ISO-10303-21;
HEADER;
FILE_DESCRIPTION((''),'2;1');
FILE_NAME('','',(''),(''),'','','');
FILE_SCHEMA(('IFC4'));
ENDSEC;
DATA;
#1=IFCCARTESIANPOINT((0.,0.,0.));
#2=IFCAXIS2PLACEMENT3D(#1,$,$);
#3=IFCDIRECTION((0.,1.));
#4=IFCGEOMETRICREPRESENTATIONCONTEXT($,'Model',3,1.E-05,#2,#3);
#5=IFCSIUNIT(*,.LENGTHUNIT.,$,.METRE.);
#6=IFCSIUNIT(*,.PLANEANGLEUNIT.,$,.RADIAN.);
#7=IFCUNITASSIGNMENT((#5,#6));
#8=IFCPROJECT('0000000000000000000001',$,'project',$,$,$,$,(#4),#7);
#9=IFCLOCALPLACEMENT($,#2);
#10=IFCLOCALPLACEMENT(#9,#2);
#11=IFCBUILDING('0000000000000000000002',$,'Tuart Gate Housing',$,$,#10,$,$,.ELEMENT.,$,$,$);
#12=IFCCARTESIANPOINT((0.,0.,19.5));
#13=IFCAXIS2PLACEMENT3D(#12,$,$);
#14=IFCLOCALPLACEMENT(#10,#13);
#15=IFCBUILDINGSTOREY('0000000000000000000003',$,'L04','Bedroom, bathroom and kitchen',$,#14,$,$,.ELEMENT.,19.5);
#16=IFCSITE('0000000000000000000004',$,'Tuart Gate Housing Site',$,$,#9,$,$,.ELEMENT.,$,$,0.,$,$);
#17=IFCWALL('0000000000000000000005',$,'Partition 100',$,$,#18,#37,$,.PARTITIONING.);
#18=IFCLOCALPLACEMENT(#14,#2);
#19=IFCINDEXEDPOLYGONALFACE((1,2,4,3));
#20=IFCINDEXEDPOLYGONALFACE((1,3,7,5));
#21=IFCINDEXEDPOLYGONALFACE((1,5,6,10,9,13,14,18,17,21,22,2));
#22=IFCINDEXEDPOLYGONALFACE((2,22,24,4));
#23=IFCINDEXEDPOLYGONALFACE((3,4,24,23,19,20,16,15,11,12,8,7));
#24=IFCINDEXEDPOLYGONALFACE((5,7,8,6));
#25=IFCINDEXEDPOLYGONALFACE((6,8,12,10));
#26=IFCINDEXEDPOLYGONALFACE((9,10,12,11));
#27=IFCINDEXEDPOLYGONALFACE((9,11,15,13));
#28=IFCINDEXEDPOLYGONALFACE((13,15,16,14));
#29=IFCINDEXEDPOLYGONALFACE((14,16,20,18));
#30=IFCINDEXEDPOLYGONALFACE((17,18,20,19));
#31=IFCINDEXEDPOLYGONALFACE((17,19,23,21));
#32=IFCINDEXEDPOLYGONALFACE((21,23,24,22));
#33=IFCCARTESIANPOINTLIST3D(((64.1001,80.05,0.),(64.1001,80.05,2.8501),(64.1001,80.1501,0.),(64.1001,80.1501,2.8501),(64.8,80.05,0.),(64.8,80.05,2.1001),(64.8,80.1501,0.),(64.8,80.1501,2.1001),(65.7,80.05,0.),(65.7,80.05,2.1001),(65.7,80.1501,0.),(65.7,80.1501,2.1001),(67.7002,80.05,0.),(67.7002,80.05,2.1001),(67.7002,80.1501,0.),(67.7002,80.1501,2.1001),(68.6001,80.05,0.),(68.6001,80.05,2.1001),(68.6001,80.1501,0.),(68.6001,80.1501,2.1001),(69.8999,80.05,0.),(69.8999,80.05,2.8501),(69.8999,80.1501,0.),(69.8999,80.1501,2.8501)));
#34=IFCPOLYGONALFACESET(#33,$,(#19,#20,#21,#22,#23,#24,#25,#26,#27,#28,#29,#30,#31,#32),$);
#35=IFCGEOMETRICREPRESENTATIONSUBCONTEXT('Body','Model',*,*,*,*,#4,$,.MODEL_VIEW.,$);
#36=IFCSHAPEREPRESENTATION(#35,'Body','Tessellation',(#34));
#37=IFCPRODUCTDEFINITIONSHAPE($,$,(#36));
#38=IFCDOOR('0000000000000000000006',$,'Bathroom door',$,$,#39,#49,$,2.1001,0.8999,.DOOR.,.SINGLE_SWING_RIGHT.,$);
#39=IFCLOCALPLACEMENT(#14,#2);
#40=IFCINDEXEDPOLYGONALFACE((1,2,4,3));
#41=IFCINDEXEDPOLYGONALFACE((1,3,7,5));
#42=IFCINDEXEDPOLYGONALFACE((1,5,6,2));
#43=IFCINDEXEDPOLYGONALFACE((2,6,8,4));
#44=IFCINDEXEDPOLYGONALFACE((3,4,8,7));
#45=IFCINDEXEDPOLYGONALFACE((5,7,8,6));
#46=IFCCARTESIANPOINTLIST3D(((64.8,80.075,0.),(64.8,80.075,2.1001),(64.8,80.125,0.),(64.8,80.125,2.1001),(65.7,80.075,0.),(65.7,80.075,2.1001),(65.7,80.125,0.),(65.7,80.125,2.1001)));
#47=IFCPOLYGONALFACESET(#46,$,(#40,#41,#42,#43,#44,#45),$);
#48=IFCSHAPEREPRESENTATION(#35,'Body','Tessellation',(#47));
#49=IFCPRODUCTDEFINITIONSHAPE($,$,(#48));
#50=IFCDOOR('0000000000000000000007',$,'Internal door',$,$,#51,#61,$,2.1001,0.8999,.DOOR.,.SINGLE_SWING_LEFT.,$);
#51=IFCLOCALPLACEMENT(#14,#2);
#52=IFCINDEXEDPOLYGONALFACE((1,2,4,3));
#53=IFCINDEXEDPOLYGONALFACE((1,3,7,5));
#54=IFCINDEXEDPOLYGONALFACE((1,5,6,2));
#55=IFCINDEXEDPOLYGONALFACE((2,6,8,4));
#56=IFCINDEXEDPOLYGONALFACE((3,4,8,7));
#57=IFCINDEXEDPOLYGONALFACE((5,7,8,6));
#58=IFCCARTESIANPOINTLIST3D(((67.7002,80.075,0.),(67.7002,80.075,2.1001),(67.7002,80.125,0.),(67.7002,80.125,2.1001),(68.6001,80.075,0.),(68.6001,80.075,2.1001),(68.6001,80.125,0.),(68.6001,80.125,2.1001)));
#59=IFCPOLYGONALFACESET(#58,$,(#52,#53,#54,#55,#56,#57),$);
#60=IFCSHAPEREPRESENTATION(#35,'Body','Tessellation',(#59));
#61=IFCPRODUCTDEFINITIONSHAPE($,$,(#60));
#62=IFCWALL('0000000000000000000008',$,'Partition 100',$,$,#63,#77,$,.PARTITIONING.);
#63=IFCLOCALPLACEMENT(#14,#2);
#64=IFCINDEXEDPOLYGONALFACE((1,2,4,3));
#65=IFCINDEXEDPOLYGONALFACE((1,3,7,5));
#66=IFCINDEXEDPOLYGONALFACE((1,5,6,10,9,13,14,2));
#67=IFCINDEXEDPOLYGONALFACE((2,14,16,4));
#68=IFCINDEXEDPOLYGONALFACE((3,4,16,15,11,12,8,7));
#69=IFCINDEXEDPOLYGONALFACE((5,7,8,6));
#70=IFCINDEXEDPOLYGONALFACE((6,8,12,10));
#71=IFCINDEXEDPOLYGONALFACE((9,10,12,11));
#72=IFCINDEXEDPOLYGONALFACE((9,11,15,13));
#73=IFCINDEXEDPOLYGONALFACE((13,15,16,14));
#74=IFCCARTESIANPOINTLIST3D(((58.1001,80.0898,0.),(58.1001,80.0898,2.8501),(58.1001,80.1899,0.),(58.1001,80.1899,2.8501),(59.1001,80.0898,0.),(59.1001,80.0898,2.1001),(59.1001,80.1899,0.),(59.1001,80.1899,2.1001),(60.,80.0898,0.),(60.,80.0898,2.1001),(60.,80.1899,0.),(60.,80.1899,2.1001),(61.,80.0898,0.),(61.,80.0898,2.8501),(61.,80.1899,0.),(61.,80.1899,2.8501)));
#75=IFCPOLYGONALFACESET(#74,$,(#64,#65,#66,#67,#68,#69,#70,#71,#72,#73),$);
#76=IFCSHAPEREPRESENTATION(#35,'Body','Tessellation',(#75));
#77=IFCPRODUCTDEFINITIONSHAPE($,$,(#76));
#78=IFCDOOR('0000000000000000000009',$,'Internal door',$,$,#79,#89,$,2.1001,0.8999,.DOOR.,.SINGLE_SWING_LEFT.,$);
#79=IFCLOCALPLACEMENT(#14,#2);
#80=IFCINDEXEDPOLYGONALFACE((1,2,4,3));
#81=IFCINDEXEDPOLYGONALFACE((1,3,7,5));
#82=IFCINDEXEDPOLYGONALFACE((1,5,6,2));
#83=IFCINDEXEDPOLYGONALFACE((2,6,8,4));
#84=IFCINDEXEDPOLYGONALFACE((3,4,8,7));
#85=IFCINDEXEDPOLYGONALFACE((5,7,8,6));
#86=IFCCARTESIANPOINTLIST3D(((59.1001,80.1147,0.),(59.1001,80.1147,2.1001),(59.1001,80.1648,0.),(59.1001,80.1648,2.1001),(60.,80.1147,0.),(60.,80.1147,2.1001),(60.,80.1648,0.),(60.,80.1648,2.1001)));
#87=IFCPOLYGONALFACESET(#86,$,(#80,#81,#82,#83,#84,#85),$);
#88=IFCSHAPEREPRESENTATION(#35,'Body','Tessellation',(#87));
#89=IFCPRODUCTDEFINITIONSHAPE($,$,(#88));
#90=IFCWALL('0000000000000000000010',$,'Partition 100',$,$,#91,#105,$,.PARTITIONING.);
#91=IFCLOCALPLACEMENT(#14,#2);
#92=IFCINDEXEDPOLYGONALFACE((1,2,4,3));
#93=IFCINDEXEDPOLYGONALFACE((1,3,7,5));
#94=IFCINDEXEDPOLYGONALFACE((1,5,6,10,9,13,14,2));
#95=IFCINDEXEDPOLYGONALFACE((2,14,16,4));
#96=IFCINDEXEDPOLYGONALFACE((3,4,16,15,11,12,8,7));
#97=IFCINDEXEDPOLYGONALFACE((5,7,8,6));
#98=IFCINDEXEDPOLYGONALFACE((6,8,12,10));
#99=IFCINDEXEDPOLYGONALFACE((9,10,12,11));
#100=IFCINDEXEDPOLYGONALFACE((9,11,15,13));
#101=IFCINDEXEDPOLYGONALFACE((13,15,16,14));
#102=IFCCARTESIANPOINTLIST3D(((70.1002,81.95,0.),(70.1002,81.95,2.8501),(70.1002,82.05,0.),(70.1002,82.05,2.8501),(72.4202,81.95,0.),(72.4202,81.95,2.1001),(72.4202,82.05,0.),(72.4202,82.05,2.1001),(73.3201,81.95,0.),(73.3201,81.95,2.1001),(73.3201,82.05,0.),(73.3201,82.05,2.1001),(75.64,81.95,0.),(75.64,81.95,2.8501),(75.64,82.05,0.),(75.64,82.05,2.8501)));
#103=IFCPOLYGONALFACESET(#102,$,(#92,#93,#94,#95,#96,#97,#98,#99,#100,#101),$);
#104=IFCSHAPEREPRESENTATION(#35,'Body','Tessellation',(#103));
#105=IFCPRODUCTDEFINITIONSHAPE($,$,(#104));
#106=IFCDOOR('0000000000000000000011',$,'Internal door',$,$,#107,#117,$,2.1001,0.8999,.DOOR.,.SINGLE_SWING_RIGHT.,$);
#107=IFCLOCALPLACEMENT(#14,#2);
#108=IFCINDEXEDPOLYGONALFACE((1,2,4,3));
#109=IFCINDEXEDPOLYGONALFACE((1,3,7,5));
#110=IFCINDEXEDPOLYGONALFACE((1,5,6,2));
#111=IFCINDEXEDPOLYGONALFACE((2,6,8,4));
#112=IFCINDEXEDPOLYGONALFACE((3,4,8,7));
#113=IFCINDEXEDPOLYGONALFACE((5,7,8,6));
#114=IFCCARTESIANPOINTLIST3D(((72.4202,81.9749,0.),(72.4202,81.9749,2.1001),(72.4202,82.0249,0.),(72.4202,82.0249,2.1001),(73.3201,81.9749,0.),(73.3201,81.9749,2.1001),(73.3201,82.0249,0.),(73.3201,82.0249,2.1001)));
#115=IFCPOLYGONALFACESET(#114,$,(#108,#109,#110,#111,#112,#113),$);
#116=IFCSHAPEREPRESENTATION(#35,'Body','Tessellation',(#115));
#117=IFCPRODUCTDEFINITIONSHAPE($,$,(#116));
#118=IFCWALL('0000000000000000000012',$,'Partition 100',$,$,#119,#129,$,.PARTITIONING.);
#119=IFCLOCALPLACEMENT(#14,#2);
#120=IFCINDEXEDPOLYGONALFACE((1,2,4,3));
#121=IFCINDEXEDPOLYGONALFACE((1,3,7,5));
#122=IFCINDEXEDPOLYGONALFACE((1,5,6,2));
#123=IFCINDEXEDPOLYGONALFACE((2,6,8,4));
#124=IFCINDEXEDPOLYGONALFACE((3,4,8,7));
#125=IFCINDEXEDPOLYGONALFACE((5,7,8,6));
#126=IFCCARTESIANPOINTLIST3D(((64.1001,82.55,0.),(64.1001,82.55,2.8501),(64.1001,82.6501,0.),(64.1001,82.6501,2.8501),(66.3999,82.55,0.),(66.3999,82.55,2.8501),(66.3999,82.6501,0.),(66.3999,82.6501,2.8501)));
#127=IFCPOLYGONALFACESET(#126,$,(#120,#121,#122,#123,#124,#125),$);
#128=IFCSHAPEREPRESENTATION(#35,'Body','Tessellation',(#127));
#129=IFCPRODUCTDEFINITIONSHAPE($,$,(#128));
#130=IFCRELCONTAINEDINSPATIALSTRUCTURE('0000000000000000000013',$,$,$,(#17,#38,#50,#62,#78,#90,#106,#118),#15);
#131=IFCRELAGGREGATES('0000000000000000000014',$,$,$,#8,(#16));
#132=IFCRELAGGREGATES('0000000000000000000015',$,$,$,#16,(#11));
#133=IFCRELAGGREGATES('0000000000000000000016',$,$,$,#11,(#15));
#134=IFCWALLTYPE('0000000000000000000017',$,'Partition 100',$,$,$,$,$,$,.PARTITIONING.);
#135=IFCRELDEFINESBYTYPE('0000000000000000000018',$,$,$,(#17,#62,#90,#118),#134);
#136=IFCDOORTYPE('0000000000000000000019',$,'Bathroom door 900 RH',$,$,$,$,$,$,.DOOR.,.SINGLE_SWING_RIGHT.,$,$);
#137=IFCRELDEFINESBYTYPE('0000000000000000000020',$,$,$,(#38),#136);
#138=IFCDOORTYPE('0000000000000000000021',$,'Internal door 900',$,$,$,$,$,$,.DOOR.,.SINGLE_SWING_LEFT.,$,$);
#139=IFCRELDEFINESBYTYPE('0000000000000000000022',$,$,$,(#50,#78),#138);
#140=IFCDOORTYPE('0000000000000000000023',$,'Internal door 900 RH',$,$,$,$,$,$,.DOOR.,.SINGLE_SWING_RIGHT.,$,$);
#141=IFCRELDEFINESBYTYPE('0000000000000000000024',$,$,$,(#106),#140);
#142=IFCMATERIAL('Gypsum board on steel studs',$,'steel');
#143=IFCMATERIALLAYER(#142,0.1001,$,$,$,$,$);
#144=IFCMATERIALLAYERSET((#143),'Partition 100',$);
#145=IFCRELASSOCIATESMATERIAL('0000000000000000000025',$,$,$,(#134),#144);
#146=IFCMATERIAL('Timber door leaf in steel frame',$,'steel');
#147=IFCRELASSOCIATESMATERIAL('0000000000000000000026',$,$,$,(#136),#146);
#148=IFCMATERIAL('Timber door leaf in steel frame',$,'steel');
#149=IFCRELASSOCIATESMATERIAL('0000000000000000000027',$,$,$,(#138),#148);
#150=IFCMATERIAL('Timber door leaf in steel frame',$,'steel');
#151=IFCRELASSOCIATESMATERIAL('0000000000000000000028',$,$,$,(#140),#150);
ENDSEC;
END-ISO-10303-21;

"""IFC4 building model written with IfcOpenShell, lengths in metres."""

from ifc_helpers import new_model, si_unit, direction, frame, frame_2d, origin, place, context, subcontext, project, spatial, rectangle, extrude, material, layer, layer_set, type_object, element, fill, save


model = new_model("IFC4")

# Units and contexts
model_context = context("Model", 3, precision=1e-05, world=origin(), true_north=direction((0.0, 1.0)))
body_context = subcontext(model_context, "Body", "Model", "MODEL_VIEW")
ifc_project = project(units=[si_unit("LENGTHUNIT", "METRE"), si_unit("PLANEANGLEUNIT", "RADIAN")], contexts=[model_context])

# Site, building, storey
site_placement = place(None, origin())
site = spatial("IfcSite", under=ifc_project, at=site_placement, Name="Tuart Gate Housing Site", CompositionType="ELEMENT", RefElevation=0.0)
building_placement = place(site_placement, origin())
building = spatial("IfcBuilding", under=site, at=building_placement, Name="Tuart Gate Housing", CompositionType="ELEMENT")
storey_placement = place(building_placement, frame((0.0, 0.0, 19.5)))
storey = spatial("IfcBuildingStorey", under=building, at=storey_placement, Name="L04", Description="Bedroom, bathroom and kitchen", CompositionType="ELEMENT", Elevation=19.5)

# Shared definitions
ifc_material_1 = material(Name="Gypsum board on steel studs", Category="steel")
ifc_layer_1 = layer(ifc_material_1, 0.1001)
ifc_layer_set_1 = layer_set([ifc_layer_1], Name="Partition 100")
wall_type_1 = type_object("IfcWallType", Name="Partition 100", PredefinedType="PARTITIONING", material=ifc_layer_set_1)

# Wall, openings, doors
wall_1_placement = place(storey_placement, frame((64.1001, 80.1001, 0.0), z_axis=(0.0, 0.0, 1.0), x_axis=(1.0, 0.0, 0.0)))
wall_1 = element("IfcWall", 1, at=wall_1_placement, inside=storey, type_object=wall_type_1, Name="Partition 100", PredefinedType="PARTITIONING", context=body_context, shape_type="SweptSolid", body=[
    extrude(rectangle(XDim=5.7998, YDim=0.1001, at=frame_2d((2.8999, 0.0))), origin(), (0.0, 0.0, 1.0), 2.8501),
])
opening_1_placement = place(wall_1_placement, frame((3.6001, 0.0, 0.0)))
opening_1 = element("IfcOpeningElement", 2, at=opening_1_placement, cuts=wall_1, PredefinedType="OPENING", context=body_context, shape_type="SweptSolid", body=[
    extrude(rectangle(XDim=0.8999, YDim=2.1001, at=frame_2d((0.45, 1.05))), frame((0.0, 0.0601, 0.0), z_axis=(0.0, -1.0, 0.0), x_axis=(1.0, 0.0, 0.0)), (0.0, 0.0, 1.0), 0.1201),
])
opening_2_placement = place(wall_1_placement, frame((0.7, 0.0, 0.0)))
opening_2 = element("IfcOpeningElement", 3, at=opening_2_placement, cuts=wall_1, PredefinedType="OPENING", context=body_context, shape_type="SweptSolid", body=[
    extrude(rectangle(XDim=0.8999, YDim=2.1001, at=frame_2d((0.45, 1.05))), frame((0.0, 0.0601, 0.0), z_axis=(0.0, -1.0, 0.0), x_axis=(1.0, 0.0, 0.0)), (0.0, 0.0, 1.0), 0.1201),
])
ifc_material_2 = material(Name="Timber door leaf in steel frame", Category="steel")
door_type_1 = type_object("IfcDoorType", Name="Bathroom door 900 RH", OperationType="SINGLE_SWING_RIGHT", PredefinedType="DOOR", material=ifc_material_2)
door_1_placement = place(opening_2_placement, origin())
door_1 = element("IfcDoor", 4, at=door_1_placement, inside=storey, type_object=door_type_1, Name="Bathroom door", OperationType="SINGLE_SWING_RIGHT", OverallHeight=2.1001, OverallWidth=0.8999, PredefinedType="DOOR", context=body_context, shape_type="SweptSolid", body=[
    extrude(rectangle(XDim=0.8999, YDim=2.1001, at=frame_2d((0.45, 1.05))), frame((0.0, 0.0249, 0.0), z_axis=(0.0, -1.0, 0.0), x_axis=(1.0, 0.0, 0.0)), (0.0, 0.0, 1.0), 0.05),
])
fill(opening_2, door_1)
ifc_material_3 = material(Name="Timber door leaf in steel frame", Category="steel")
door_type_2 = type_object("IfcDoorType", Name="Internal door 900", OperationType="SINGLE_SWING_LEFT", PredefinedType="DOOR", material=ifc_material_3)
door_2_placement = place(opening_1_placement, origin())
door_2 = element("IfcDoor", 5, at=door_2_placement, inside=storey, type_object=door_type_2, Name="Internal door", OperationType="SINGLE_SWING_LEFT", OverallHeight=2.1001, OverallWidth=0.8999, PredefinedType="DOOR", context=body_context, shape_type="SweptSolid", body=[
    extrude(rectangle(XDim=0.8999, YDim=2.1001, at=frame_2d((0.45, 1.05))), frame((0.0, 0.0249, 0.0), z_axis=(0.0, -1.0, 0.0), x_axis=(1.0, 0.0, 0.0)), (0.0, 0.0, 1.0), 0.05),
])
fill(opening_1, door_2)

# Walls, openings, doors
wall_2_placement = place(storey_placement, frame((58.1001, 80.1399, 0.0), z_axis=(0.0, 0.0, 1.0), x_axis=(1.0, 0.0, 0.0)))
wall_2 = element("IfcWall", 6, at=wall_2_placement, inside=storey, type_object=wall_type_1, Name="Partition 100", PredefinedType="PARTITIONING", context=body_context, shape_type="SweptSolid", body=[
    extrude(rectangle(XDim=2.8999, YDim=0.1001, at=frame_2d((1.45, 0.0))), origin(), (0.0, 0.0, 1.0), 2.8501),
])
opening_3_placement = place(wall_2_placement, frame((1.0, 0.0, 0.0)))
opening_3 = element("IfcOpeningElement", 7, at=opening_3_placement, cuts=wall_2, PredefinedType="OPENING", context=body_context, shape_type="SweptSolid", body=[
    extrude(rectangle(XDim=0.8999, YDim=2.1001, at=frame_2d((0.45, 1.05))), frame((0.0, 0.0601, 0.0), z_axis=(0.0, -1.0, 0.0), x_axis=(1.0, 0.0, 0.0)), (0.0, 0.0, 1.0), 0.1201),
])
door_3_placement = place(opening_3_placement, frame((0.8999, 0.0, 0.0), z_axis=(0.0, 0.0, 1.0), x_axis=(-1.0, 0.0, 0.0)))
door_3 = element("IfcDoor", 8, at=door_3_placement, inside=storey, type_object=door_type_2, Name="Internal door", OperationType="SINGLE_SWING_LEFT", OverallHeight=2.1001, OverallWidth=0.8999, PredefinedType="DOOR", context=body_context, shape_type="SweptSolid", body=[
    extrude(rectangle(XDim=0.8999, YDim=2.1001, at=frame_2d((0.45, 1.05))), frame((0.0, 0.0251, 0.0), z_axis=(0.0, -1.0, 0.0), x_axis=(1.0, 0.0, 0.0)), (0.0, 0.0, 1.0), 0.05),
])
fill(opening_3, door_3)
wall_3_placement = place(storey_placement, frame((70.1001, 82.0, 0.0), z_axis=(0.0, 0.0, 1.0), x_axis=(1.0, 0.0, 0.0)))
wall_3 = element("IfcWall", 9, at=wall_3_placement, inside=storey, type_object=wall_type_1, Name="Partition 100", PredefinedType="PARTITIONING", context=body_context, shape_type="SweptSolid", body=[
    extrude(rectangle(XDim=5.5398, YDim=0.1001, at=frame_2d((2.77, 0.0))), origin(), (0.0, 0.0, 1.0), 2.8501),
])
opening_4_placement = place(wall_3_placement, frame((2.3201, 0.0, 0.0)))
opening_4 = element("IfcOpeningElement", 10, at=opening_4_placement, cuts=wall_3, PredefinedType="OPENING", context=body_context, shape_type="SweptSolid", body=[
    extrude(rectangle(XDim=0.8999, YDim=2.1001, at=frame_2d((0.45, 1.05))), frame((0.0, 0.0601, 0.0), z_axis=(0.0, -1.0, 0.0), x_axis=(1.0, 0.0, 0.0)), (0.0, 0.0, 1.0), 0.1201),
])
ifc_material_4 = material(Name="Timber door leaf in steel frame", Category="steel")
door_type_3 = type_object("IfcDoorType", Name="Internal door 900 RH", OperationType="SINGLE_SWING_RIGHT", PredefinedType="DOOR", material=ifc_material_4)
door_4_placement = place(opening_4_placement, origin())
door_4 = element("IfcDoor", 11, at=door_4_placement, inside=storey, type_object=door_type_3, Name="Internal door", OperationType="SINGLE_SWING_RIGHT", OverallHeight=2.1001, OverallWidth=0.8999, PredefinedType="DOOR", context=body_context, shape_type="SweptSolid", body=[
    extrude(rectangle(XDim=0.8999, YDim=2.1001, at=frame_2d((0.45, 1.05))), frame((0.0, 0.0249, 0.0), z_axis=(0.0, -1.0, 0.0), x_axis=(1.0, 0.0, 0.0)), (0.0, 0.0, 1.0), 0.05),
])
fill(opening_4, door_4)

# Wall
wall_4_placement = place(storey_placement, frame((64.1001, 82.6001, 0.0), z_axis=(0.0, 0.0, 1.0), x_axis=(1.0, 0.0, 0.0)))
element("IfcWall", 12, at=wall_4_placement, inside=storey, type_object=wall_type_1, Name="Partition 100", PredefinedType="PARTITIONING", context=body_context, shape_type="SweptSolid", body=[
    extrude(rectangle(XDim=2.2998, YDim=0.1001, at=frame_2d((1.1499, 0.0))), origin(), (0.0, 0.0, 1.0), 2.8501),
])

save(model, "model.ifc")
